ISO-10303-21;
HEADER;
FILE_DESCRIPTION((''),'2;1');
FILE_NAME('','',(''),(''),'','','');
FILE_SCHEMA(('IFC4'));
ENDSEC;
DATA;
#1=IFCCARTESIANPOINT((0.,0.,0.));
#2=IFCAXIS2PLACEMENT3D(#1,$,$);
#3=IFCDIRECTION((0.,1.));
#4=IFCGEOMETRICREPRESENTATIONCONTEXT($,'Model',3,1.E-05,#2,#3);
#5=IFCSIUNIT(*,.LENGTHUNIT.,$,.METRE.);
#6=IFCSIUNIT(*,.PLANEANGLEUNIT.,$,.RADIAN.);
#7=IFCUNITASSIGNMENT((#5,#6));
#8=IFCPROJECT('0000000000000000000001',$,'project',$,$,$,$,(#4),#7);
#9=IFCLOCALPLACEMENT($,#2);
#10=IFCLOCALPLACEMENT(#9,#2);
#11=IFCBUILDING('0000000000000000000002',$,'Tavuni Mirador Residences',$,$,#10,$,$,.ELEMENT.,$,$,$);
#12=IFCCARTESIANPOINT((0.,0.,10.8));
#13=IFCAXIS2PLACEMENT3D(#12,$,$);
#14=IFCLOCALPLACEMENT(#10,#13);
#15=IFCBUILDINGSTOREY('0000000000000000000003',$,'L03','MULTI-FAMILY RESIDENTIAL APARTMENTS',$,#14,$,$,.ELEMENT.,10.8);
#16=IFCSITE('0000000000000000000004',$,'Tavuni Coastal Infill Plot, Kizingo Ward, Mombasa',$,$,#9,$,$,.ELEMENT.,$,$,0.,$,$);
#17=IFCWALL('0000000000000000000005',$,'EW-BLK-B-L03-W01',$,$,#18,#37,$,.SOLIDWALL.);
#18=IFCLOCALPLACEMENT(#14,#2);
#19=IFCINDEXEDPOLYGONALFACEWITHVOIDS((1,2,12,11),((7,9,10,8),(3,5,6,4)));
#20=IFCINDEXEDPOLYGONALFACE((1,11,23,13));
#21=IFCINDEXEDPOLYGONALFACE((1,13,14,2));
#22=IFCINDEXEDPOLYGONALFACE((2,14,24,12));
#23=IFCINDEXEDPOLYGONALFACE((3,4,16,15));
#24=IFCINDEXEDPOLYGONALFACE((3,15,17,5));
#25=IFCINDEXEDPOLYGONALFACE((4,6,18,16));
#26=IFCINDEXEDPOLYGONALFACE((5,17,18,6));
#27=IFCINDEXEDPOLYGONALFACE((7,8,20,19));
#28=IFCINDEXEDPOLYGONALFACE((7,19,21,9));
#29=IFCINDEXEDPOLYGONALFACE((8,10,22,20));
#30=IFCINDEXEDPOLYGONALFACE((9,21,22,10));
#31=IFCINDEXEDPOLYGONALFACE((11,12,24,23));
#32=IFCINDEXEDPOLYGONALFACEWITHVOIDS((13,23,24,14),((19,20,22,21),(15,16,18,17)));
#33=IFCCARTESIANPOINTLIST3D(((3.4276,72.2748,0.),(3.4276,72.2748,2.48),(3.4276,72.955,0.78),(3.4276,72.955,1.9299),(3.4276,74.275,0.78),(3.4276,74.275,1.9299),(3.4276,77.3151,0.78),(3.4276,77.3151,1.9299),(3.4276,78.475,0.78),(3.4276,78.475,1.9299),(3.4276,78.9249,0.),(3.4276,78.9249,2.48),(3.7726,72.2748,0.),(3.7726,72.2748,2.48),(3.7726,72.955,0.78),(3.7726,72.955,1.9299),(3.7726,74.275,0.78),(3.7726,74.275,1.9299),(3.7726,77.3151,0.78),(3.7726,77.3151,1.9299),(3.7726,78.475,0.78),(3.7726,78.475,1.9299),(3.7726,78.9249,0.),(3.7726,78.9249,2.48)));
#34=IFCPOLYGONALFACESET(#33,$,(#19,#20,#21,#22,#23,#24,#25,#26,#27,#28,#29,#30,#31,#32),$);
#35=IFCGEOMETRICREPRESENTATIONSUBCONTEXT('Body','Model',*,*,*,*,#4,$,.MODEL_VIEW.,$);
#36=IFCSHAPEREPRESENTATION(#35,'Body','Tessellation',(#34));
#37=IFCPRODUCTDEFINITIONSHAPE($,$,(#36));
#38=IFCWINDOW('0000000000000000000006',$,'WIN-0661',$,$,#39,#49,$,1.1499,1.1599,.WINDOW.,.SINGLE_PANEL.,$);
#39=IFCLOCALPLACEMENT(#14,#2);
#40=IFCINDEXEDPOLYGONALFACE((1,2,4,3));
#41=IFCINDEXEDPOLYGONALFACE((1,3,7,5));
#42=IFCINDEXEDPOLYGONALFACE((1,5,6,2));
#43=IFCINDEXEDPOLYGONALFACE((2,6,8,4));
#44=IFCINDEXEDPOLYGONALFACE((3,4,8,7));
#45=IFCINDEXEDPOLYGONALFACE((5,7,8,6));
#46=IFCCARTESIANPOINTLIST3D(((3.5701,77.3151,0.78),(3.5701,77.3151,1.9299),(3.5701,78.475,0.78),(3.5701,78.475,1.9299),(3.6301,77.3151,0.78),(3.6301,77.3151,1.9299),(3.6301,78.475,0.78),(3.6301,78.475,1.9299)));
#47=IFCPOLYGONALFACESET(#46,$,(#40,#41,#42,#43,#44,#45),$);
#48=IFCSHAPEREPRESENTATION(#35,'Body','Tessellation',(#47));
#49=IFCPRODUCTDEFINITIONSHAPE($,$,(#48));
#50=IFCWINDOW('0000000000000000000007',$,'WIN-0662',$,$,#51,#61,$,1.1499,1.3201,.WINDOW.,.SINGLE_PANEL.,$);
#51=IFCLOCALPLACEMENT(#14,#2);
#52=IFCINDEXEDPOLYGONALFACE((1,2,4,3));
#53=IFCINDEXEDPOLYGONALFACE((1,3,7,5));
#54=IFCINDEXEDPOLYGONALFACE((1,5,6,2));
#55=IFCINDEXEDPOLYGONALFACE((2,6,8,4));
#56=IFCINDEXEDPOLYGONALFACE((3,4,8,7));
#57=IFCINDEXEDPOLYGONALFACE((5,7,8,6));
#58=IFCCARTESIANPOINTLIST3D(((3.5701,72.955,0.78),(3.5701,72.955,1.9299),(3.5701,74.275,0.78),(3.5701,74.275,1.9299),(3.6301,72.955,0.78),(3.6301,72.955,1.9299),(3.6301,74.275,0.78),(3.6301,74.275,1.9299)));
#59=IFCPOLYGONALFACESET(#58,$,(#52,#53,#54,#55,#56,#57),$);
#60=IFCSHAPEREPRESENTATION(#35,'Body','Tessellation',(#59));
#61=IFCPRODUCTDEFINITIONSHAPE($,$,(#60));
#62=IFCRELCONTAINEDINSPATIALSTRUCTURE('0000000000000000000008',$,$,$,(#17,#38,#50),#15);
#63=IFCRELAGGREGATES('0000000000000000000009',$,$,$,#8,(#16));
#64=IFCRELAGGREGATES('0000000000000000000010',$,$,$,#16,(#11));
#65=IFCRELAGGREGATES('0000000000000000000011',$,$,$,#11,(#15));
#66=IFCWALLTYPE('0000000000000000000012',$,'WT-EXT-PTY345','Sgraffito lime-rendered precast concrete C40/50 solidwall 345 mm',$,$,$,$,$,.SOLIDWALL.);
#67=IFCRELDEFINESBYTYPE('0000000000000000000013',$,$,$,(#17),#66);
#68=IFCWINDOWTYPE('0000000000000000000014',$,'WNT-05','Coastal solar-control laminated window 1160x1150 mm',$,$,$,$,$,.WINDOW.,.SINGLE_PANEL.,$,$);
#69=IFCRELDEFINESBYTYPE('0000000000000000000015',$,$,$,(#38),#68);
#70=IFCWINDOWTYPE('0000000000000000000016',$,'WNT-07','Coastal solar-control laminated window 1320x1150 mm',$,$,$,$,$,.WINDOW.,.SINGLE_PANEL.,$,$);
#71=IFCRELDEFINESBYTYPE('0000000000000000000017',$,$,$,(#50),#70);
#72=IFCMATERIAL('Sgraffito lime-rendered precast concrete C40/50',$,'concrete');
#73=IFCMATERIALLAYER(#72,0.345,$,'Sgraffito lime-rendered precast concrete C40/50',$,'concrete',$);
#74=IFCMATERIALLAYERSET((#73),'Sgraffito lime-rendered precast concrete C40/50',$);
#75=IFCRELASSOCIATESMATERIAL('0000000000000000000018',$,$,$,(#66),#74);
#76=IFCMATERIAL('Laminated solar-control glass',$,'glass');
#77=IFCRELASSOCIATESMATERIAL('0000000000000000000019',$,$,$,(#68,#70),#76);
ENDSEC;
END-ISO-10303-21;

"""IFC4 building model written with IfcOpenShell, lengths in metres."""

from ifc_helpers import new_model, si_unit, direction, frame, frame_2d, origin, place, context, subcontext, project, spatial, rectangle, extrude, material, layer, layer_set, type_object, element, fill, save


model = new_model("IFC4")

# Units and contexts
model_context = context("Model", 3, precision=1e-05, world=origin(), true_north=direction((0.0, 1.0)))
body_context = subcontext(model_context, "Body", "Model", "MODEL_VIEW")
ifc_project = project(units=[si_unit("LENGTHUNIT", "METRE"), si_unit("PLANEANGLEUNIT", "RADIAN")], contexts=[model_context])

# Site, building, storey
site_placement = place(None, origin())
site = spatial("IfcSite", under=ifc_project, at=site_placement, Name="Tavuni Coastal Infill Plot, Kizingo Ward, Mombasa", CompositionType="ELEMENT", RefElevation=0.0)
building_placement = place(site_placement, origin())
building = spatial("IfcBuilding", under=site, at=building_placement, Name="Tavuni Mirador Residences", CompositionType="ELEMENT")
storey_placement = place(building_placement, frame((0.0, 0.0, 10.8)))
storey = spatial("IfcBuildingStorey", under=building, at=storey_placement, Name="L03", Description="MULTI-FAMILY RESIDENTIAL APARTMENTS", CompositionType="ELEMENT", Elevation=10.8)

# Shared definitions
ifc_material_1 = material(Name="Laminated solar-control glass", Category="glass")

# Wall, openings, windows
ifc_material_2 = material(Name="Sgraffito lime-rendered precast concrete C40/50", Category="concrete")
ifc_layer_1 = layer(ifc_material_2, 0.345, Name="Sgraffito lime-rendered precast concrete C40/50", Category="concrete")
ifc_layer_set_1 = layer_set([ifc_layer_1], Name="Sgraffito lime-rendered precast concrete C40/50")
wall_type = type_object("IfcWallType", Name="WT-EXT-PTY345", Description="Sgraffito lime-rendered precast concrete C40/50 solidwall 345 mm", PredefinedType="SOLIDWALL", material=ifc_layer_set_1)
wall_placement = place(storey_placement, frame((3.6001, 78.925, 0.0), z_axis=(0.0, 0.0, 1.0), x_axis=(0.0, -1.0, 0.0)))
wall = element("IfcWall", 1, at=wall_placement, inside=storey, type_object=wall_type, Name="EW-BLK-B-L03-W01", PredefinedType="SOLIDWALL", context=body_context, shape_type="SweptSolid", body=[
    extrude(rectangle(XDim=6.6501, YDim=0.345, at=frame_2d((3.3252, 0.0))), origin(), (0.0, 0.0, 1.0), 2.48),
])
opening_1_placement = place(wall_placement, frame((0.45, 0.0, 0.78)))
opening_1 = element("IfcOpeningElement", 2, at=opening_1_placement, cuts=wall, PredefinedType="OPENING", context=body_context, shape_type="SweptSolid", body=[
    extrude(rectangle(XDim=1.1599, YDim=1.1499, at=frame_2d((0.5801, 0.575))), frame((0.0, 0.1826, 0.0), z_axis=(0.0, -1.0, 0.0), x_axis=(1.0, 0.0, 0.0)), (0.0, 0.0, 1.0), 0.365),
])
opening_2_placement = place(wall_placement, frame((4.6499, 0.0, 0.78)))
opening_2 = element("IfcOpeningElement", 3, at=opening_2_placement, cuts=wall, PredefinedType="OPENING", context=body_context, shape_type="SweptSolid", body=[
    extrude(rectangle(XDim=1.3201, YDim=1.1499, at=frame_2d((0.6602, 0.575))), frame((0.0, 0.1826, 0.0), z_axis=(0.0, -1.0, 0.0), x_axis=(1.0, 0.0, 0.0)), (0.0, 0.0, 1.0), 0.365),
])
window_type_1 = type_object("IfcWindowType", Name="WNT-05", Description="Coastal solar-control laminated window 1160x1150 mm", PartitioningType="SINGLE_PANEL", PredefinedType="WINDOW", material=ifc_material_1)
window_1_placement = place(opening_1_placement, origin())
window_1 = element("IfcWindow", 4, at=window_1_placement, inside=storey, type_object=window_type_1, Name="WIN-0661", OverallHeight=1.1499, OverallWidth=1.1599, PartitioningType="SINGLE_PANEL", PredefinedType="WINDOW", context=body_context, shape_type="SweptSolid", body=[
    extrude(rectangle(XDim=1.1599, YDim=1.1499, at=frame_2d((0.5801, 0.575))), frame((0.0, 0.03, 0.0), z_axis=(0.0, -1.0, 0.0), x_axis=(1.0, 0.0, 0.0)), (0.0, 0.0, 1.0), 0.0601),
])
fill(opening_1, window_1)
window_type_2 = type_object("IfcWindowType", Name="WNT-07", Description="Coastal solar-control laminated window 1320x1150 mm", PartitioningType="SINGLE_PANEL", PredefinedType="WINDOW", material=ifc_material_1)
window_2_placement = place(opening_2_placement, origin())
window_2 = element("IfcWindow", 5, at=window_2_placement, inside=storey, type_object=window_type_2, Name="WIN-0662", OverallHeight=1.1499, OverallWidth=1.3201, PartitioningType="SINGLE_PANEL", PredefinedType="WINDOW", context=body_context, shape_type="SweptSolid", body=[
    extrude(rectangle(XDim=1.3201, YDim=1.1499, at=frame_2d((0.6602, 0.575))), frame((0.0, 0.03, 0.0), z_axis=(0.0, -1.0, 0.0), x_axis=(1.0, 0.0, 0.0)), (0.0, 0.0, 1.0), 0.0601),
])
fill(opening_2, window_2)

save(model, "model.ifc")
